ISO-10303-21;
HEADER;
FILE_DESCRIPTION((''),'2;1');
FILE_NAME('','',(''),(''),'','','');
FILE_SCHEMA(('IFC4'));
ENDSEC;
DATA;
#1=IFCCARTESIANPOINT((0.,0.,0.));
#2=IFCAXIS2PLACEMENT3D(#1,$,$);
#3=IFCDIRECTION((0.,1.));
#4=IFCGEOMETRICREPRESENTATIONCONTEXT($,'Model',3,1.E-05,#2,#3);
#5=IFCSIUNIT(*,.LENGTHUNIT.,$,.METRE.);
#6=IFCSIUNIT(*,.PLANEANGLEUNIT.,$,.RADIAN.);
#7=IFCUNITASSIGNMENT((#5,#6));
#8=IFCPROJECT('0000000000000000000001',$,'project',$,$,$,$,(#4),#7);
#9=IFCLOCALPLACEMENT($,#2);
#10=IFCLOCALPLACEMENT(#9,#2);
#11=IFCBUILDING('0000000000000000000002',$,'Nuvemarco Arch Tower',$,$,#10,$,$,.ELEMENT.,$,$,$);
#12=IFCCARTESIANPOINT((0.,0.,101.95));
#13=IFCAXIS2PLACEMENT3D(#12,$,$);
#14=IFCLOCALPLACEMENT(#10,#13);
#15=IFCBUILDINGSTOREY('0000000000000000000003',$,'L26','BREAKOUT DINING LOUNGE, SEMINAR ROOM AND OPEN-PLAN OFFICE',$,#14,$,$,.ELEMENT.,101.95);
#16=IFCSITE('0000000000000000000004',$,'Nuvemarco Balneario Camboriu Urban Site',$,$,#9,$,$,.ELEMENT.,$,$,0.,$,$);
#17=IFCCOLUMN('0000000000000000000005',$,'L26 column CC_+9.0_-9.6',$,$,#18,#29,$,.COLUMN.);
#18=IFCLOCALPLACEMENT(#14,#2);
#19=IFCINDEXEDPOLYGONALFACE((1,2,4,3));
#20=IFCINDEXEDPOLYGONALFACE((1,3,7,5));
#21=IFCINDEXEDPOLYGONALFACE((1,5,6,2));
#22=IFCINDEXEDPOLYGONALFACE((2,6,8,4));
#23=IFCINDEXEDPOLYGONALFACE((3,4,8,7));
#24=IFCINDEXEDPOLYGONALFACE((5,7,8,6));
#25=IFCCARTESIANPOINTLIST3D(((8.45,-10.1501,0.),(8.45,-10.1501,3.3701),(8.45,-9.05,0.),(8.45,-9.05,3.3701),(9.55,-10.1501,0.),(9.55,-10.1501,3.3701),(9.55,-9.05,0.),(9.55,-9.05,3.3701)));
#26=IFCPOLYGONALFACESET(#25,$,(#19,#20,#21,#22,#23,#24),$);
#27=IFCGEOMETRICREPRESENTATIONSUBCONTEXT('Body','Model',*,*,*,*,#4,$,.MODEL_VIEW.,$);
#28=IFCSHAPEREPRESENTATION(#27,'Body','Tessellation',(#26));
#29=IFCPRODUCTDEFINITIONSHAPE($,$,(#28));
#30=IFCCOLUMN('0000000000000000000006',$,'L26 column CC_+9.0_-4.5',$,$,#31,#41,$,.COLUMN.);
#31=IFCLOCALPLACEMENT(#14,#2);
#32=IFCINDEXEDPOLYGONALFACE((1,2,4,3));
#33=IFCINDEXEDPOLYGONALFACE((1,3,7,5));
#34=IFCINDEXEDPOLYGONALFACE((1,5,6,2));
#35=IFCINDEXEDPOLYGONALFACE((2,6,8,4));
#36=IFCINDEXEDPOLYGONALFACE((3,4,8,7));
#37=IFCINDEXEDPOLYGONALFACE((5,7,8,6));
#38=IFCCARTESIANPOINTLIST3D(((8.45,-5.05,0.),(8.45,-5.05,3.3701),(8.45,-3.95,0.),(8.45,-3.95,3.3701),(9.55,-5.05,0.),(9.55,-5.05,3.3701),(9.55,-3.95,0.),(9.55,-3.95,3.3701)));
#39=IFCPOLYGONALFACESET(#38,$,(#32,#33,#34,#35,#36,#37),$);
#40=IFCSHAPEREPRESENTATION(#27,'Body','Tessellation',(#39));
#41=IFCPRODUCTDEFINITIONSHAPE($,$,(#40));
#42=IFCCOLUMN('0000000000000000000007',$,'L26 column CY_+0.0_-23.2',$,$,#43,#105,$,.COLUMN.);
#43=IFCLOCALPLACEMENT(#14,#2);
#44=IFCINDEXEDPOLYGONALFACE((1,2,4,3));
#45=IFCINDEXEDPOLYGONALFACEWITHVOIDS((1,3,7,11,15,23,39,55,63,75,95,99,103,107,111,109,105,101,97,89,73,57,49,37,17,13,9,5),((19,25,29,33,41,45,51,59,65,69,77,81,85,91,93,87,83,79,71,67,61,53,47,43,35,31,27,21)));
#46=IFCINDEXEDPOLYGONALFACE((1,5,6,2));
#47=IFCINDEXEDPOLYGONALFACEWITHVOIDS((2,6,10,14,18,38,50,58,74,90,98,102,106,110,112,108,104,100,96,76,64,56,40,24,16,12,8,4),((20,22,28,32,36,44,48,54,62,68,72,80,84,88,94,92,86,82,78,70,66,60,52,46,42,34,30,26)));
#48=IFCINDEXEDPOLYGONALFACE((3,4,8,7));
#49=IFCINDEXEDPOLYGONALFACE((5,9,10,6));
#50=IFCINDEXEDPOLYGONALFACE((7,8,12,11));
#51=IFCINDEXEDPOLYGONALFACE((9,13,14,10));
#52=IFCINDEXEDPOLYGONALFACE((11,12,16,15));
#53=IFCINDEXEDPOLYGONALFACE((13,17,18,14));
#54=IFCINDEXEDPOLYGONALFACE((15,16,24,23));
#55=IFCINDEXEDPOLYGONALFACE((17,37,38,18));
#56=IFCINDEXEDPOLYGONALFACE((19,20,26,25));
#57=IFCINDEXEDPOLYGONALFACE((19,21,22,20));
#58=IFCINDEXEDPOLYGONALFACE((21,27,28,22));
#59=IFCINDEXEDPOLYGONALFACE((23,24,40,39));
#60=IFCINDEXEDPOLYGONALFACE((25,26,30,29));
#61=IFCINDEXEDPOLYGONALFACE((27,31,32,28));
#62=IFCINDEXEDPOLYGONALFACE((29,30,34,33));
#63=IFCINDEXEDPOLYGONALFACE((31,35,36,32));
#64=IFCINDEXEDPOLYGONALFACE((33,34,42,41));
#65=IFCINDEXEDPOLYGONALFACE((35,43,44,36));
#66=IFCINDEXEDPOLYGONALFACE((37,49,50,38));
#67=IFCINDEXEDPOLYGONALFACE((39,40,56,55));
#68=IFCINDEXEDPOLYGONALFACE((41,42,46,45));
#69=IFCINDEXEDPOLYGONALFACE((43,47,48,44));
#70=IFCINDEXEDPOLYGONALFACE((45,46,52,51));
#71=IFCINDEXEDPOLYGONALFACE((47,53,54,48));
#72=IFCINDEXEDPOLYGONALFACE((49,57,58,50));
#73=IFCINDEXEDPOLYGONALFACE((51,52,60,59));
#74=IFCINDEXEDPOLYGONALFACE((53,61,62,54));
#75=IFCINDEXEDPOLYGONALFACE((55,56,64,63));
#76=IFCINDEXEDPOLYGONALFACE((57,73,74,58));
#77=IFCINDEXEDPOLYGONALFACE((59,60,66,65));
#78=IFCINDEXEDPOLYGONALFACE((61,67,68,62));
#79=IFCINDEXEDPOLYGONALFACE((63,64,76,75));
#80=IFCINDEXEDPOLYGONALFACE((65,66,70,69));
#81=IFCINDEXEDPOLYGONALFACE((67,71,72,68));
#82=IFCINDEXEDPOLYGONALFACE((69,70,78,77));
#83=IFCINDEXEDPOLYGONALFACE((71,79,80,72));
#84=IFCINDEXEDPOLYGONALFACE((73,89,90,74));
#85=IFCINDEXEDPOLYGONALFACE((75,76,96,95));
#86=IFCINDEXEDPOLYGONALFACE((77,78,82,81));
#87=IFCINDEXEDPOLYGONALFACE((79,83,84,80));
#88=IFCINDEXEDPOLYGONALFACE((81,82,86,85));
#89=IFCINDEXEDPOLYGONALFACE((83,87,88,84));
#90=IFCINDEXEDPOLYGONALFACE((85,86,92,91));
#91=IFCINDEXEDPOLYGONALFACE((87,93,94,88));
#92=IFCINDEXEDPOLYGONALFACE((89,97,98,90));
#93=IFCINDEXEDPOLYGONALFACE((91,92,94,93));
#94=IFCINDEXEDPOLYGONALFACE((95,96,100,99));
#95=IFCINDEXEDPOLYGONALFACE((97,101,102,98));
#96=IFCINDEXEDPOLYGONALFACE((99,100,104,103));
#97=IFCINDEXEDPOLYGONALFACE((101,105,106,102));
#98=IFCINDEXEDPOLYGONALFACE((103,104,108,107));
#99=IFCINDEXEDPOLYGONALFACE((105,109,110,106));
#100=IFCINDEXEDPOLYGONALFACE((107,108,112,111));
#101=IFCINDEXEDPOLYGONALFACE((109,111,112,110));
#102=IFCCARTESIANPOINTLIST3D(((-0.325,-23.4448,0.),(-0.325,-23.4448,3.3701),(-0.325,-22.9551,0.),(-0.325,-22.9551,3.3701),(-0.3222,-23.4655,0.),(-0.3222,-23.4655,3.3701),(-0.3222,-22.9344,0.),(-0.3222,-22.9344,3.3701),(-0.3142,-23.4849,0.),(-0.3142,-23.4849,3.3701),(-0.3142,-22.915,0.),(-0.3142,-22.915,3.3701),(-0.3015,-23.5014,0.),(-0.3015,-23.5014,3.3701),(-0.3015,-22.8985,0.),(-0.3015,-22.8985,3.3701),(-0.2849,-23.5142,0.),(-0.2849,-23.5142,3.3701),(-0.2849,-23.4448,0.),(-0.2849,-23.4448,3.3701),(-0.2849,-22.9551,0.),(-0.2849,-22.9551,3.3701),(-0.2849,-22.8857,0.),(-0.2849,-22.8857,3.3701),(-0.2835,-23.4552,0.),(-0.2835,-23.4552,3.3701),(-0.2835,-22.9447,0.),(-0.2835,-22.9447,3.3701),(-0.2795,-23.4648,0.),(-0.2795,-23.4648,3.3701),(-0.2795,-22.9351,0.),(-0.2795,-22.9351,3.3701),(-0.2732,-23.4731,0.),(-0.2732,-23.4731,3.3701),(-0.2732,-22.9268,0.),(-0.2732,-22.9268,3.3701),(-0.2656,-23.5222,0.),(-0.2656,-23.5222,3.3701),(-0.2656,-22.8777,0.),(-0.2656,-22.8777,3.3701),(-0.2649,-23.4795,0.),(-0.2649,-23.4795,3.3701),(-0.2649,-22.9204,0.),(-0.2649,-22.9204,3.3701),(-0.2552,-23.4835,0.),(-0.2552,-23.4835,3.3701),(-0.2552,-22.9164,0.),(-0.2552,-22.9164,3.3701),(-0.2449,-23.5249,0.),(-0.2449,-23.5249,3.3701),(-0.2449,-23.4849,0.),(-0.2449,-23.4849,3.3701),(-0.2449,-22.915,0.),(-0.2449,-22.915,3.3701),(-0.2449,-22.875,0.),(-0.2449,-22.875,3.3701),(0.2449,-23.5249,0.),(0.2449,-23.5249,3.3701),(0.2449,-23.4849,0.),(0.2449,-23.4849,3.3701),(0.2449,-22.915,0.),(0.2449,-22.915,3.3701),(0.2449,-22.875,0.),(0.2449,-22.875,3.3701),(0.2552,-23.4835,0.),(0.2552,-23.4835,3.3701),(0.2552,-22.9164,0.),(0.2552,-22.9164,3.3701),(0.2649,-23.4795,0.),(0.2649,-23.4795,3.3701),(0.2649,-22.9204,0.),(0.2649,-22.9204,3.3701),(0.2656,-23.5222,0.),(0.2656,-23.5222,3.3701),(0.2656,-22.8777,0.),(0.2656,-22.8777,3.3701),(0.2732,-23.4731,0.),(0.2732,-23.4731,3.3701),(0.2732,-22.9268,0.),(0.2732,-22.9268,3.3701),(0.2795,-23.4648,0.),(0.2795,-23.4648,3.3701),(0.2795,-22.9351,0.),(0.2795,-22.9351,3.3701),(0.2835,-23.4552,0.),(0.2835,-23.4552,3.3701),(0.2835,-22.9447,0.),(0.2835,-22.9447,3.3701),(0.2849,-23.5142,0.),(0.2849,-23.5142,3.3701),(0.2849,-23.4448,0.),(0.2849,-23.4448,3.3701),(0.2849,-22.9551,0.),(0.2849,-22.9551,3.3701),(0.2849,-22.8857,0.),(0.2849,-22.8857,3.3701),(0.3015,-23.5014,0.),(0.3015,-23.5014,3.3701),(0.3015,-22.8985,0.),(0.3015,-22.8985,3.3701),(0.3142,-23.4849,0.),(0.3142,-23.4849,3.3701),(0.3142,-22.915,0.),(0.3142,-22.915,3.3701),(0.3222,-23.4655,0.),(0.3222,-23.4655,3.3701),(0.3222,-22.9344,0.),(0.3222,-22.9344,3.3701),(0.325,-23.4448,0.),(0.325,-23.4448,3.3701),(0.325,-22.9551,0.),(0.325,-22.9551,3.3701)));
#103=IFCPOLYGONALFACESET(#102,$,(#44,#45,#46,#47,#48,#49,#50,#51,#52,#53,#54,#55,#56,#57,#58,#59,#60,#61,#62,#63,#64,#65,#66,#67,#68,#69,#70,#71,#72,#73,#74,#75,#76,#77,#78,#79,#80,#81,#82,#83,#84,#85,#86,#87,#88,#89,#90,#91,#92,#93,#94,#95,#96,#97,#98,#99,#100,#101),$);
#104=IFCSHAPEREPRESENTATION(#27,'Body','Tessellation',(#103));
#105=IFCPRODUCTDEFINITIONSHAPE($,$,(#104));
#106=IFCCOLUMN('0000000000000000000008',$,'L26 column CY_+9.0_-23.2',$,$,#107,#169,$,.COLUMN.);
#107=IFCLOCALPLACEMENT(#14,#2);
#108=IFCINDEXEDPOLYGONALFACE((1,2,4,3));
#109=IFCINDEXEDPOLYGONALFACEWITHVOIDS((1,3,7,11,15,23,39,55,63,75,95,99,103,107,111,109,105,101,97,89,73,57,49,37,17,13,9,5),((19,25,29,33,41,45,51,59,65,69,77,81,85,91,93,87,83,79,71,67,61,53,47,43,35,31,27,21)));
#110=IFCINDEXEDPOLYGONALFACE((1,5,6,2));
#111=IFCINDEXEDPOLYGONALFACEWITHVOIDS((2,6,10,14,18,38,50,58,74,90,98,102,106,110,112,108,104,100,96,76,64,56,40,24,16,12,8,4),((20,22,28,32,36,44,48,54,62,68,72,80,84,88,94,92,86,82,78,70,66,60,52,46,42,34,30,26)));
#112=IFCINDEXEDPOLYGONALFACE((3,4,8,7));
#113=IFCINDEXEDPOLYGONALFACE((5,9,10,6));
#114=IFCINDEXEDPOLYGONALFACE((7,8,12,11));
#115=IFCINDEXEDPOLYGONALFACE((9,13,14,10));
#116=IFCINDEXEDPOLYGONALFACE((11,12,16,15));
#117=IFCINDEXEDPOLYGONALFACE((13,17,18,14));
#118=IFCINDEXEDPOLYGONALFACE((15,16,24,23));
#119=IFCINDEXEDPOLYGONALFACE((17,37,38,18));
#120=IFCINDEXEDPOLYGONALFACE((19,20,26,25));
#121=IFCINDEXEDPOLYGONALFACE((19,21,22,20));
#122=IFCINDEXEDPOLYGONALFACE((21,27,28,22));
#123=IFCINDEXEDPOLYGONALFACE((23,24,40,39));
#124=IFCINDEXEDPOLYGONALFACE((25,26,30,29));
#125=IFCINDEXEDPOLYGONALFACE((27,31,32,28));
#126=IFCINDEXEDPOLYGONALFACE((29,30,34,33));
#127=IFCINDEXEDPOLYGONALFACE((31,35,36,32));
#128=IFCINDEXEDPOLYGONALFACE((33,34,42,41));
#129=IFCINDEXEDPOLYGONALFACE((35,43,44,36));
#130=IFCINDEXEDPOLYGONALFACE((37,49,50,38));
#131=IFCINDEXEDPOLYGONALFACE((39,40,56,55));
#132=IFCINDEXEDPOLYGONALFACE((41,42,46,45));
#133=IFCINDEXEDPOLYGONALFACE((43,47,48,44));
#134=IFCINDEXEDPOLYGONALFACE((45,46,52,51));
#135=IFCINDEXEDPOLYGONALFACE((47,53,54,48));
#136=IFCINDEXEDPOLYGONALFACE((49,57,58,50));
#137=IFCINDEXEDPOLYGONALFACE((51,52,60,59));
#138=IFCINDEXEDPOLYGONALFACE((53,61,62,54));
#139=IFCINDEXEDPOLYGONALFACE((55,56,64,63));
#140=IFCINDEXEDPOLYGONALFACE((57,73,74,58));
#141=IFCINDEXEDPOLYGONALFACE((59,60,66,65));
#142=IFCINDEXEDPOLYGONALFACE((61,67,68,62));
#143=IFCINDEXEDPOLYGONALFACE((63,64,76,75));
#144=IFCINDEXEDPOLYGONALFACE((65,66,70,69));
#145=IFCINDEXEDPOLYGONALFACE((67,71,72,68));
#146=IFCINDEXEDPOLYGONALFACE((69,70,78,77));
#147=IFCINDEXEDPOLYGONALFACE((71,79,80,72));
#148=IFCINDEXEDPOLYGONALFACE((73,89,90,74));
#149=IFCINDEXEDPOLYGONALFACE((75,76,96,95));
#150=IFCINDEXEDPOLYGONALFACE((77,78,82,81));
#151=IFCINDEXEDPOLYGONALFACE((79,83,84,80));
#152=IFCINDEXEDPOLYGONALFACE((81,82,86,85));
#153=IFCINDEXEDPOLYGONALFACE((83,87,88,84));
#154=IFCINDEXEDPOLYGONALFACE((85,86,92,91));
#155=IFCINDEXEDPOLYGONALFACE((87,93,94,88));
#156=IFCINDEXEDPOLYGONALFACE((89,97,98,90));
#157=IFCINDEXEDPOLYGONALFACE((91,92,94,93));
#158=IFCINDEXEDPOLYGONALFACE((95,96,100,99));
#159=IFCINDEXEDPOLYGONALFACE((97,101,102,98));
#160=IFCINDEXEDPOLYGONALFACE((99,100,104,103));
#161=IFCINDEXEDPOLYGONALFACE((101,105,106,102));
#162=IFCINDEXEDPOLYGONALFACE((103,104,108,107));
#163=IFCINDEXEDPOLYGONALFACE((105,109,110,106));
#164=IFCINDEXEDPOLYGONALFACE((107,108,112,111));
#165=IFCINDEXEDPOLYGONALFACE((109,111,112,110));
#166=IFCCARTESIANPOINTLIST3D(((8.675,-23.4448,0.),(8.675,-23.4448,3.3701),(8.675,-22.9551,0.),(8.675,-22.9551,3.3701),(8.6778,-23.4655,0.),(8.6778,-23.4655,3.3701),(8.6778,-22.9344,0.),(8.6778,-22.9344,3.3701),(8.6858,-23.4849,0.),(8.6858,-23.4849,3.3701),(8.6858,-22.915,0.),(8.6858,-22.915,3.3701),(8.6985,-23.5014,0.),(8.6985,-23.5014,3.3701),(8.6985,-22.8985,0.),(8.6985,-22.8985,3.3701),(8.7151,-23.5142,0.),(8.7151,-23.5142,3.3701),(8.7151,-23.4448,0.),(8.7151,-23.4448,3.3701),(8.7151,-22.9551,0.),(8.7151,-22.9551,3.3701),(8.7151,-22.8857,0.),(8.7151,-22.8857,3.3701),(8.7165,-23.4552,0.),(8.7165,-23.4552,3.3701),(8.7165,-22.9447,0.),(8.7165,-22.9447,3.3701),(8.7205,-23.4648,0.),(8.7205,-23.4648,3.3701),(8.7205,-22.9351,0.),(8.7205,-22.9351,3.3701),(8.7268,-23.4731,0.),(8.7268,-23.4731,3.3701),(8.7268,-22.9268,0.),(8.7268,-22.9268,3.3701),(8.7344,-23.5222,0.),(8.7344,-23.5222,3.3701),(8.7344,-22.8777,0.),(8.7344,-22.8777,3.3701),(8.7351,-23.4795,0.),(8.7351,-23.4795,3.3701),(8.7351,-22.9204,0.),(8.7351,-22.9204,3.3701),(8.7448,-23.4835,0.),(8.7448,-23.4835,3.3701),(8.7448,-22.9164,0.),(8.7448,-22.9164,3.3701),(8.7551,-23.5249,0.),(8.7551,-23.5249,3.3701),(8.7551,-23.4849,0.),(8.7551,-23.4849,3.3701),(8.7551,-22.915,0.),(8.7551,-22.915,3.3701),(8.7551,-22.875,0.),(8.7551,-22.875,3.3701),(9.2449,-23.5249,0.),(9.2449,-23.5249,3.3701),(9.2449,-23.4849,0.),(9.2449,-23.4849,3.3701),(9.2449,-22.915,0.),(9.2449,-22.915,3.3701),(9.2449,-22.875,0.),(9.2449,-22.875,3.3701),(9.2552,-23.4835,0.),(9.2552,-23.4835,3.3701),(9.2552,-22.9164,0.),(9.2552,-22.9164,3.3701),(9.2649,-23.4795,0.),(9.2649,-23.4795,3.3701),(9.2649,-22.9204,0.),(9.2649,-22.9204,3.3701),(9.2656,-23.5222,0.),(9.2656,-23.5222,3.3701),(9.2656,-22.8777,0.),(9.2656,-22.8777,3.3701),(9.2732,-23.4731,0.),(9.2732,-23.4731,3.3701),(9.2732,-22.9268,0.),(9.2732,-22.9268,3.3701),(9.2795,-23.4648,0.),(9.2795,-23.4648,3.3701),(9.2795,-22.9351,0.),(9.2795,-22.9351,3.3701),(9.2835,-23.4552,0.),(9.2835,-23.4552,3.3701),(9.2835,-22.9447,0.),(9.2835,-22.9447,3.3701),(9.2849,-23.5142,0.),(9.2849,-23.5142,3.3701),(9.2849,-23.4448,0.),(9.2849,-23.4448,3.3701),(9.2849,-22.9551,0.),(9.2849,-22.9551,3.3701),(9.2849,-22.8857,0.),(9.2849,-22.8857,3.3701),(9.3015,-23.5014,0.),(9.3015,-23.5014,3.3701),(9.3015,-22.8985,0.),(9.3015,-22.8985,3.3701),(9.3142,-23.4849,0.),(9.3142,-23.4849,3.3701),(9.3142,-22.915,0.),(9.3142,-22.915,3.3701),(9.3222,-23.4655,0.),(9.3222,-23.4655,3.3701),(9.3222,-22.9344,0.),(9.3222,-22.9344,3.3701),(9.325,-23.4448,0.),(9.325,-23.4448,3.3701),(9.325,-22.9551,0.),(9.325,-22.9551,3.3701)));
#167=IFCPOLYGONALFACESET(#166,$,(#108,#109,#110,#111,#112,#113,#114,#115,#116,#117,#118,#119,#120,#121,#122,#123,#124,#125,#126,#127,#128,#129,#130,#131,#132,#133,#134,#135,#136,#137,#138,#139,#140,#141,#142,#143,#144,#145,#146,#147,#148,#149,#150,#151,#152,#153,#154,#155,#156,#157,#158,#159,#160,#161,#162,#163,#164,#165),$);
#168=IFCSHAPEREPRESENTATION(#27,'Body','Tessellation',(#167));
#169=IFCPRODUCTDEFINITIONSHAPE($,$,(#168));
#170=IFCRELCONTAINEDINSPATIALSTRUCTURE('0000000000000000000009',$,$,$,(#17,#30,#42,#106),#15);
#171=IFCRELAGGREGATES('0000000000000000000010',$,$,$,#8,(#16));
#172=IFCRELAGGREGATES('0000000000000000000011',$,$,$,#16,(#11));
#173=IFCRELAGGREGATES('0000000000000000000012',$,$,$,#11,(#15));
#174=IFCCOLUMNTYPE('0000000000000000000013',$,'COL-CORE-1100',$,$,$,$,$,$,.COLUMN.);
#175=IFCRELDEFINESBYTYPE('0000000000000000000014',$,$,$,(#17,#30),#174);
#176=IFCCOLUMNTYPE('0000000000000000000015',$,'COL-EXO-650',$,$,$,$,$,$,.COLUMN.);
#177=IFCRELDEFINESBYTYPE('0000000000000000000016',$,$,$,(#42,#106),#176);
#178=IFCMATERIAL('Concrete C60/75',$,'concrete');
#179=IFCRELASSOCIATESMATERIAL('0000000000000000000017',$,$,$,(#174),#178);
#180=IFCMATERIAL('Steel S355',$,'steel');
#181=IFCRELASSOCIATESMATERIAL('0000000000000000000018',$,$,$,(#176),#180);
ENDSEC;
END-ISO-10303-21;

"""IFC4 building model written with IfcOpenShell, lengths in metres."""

from ifc_helpers import new_model, si_unit, direction, frame, origin, origin_2d, place, context, subcontext, project, spatial, rectangle, hollow_rectangle, extrude, material, material_profile, profile_set, type_object, element, save


model = new_model("IFC4")

# Units and contexts
model_context = context("Model", 3, precision=1e-05, world=origin(), true_north=direction((0.0, 1.0)))
body_context = subcontext(model_context, "Body", "Model", "MODEL_VIEW")
ifc_project = project(units=[si_unit("LENGTHUNIT", "METRE"), si_unit("PLANEANGLEUNIT", "RADIAN")], contexts=[model_context])

# Site, building, storey
site_placement = place(None, origin())
site = spatial("IfcSite", under=ifc_project, at=site_placement, Name="Nuvemarco Balneario Camboriu Urban Site", CompositionType="ELEMENT", RefElevation=0.0)
building_placement = place(site_placement, origin())
building = spatial("IfcBuilding", under=site, at=building_placement, Name="Nuvemarco Arch Tower", CompositionType="ELEMENT")
storey_placement = place(building_placement, frame((0.0, 0.0, 101.95)))
storey = spatial("IfcBuildingStorey", under=building, at=storey_placement, Name="L26", Description="BREAKOUT DINING LOUNGE, SEMINAR ROOM AND OPEN-PLAN OFFICE", CompositionType="ELEMENT", Elevation=101.95)

# Columns
ifc_material_1 = material(Name="Concrete C60/75", Category="concrete")
ifc_material_profile_1 = material_profile(ifc_material_1, rectangle(XDim=1.1001, YDim=1.1001, at=origin_2d()), Name="RC-COL-1100x1100")
ifc_profile_set_1 = profile_set([ifc_material_profile_1], Name="Concrete C60/75")
column_type_1 = type_object("IfcColumnType", Name="COL-CORE-1100", PredefinedType="COLUMN", material=ifc_profile_set_1)
for number, where, z_axis, x_axis, name in (
    (1, (9.0, -9.6001, 0.0), (0.0, 0.0, 1.0), (1.0, 0.0, 0.0), "L26 column CC_+9.0_-9.6"),
    (2, (9.0, -4.5, 0.0), (0.0, 0.0, 1.0), (1.0, 0.0, 0.0), "L26 column CC_+9.0_-4.5"),
):
    element("IfcColumn", number, at=place(storey_placement, frame(where, z_axis=z_axis, x_axis=x_axis)), inside=storey, type_object=column_type_1, Name=name, PredefinedType="COLUMN", context=body_context, shape_type="SweptSolid", body=[
        extrude(rectangle(XDim=1.1001, YDim=1.1001, at=origin_2d()), origin(), (0.0, 0.0, 1.0), 3.3701),
    ])
ifc_material_2 = material(Name="Steel S355", Category="steel")
ifc_material_profile_2 = material_profile(ifc_material_2, hollow_rectangle(XDim=0.6499, YDim=0.6499, WallThickness=0.04, InnerFilletRadius=0.04, OuterFilletRadius=0.0801, at=origin_2d()), Name="SHS650x650x40")
ifc_profile_set_2 = profile_set([ifc_material_profile_2], Name="Steel S355")
column_type_2 = type_object("IfcColumnType", Name="COL-EXO-650", PredefinedType="COLUMN", material=ifc_profile_set_2)
for number, where, z_axis, x_axis, name in (
    (3, (0.0, -23.2, 0.0), (0.0, 0.0, 1.0), (1.0, 0.0, 0.0), "L26 column CY_+0.0_-23.2"),
    (4, (9.0, -23.2, 0.0), (0.0, 0.0, 1.0), (1.0, 0.0, 0.0), "L26 column CY_+9.0_-23.2"),
):
    element("IfcColumn", number, at=place(storey_placement, frame(where, z_axis=z_axis, x_axis=x_axis)), inside=storey, type_object=column_type_2, Name=name, PredefinedType="COLUMN", context=body_context, shape_type="SweptSolid", body=[
        extrude(hollow_rectangle(XDim=0.6499, YDim=0.6499, WallThickness=0.04, InnerFilletRadius=0.04, OuterFilletRadius=0.0801, at=origin_2d()), origin(), (0.0, 0.0, 1.0), 3.3701),
    ])

save(model, "model.ifc")
